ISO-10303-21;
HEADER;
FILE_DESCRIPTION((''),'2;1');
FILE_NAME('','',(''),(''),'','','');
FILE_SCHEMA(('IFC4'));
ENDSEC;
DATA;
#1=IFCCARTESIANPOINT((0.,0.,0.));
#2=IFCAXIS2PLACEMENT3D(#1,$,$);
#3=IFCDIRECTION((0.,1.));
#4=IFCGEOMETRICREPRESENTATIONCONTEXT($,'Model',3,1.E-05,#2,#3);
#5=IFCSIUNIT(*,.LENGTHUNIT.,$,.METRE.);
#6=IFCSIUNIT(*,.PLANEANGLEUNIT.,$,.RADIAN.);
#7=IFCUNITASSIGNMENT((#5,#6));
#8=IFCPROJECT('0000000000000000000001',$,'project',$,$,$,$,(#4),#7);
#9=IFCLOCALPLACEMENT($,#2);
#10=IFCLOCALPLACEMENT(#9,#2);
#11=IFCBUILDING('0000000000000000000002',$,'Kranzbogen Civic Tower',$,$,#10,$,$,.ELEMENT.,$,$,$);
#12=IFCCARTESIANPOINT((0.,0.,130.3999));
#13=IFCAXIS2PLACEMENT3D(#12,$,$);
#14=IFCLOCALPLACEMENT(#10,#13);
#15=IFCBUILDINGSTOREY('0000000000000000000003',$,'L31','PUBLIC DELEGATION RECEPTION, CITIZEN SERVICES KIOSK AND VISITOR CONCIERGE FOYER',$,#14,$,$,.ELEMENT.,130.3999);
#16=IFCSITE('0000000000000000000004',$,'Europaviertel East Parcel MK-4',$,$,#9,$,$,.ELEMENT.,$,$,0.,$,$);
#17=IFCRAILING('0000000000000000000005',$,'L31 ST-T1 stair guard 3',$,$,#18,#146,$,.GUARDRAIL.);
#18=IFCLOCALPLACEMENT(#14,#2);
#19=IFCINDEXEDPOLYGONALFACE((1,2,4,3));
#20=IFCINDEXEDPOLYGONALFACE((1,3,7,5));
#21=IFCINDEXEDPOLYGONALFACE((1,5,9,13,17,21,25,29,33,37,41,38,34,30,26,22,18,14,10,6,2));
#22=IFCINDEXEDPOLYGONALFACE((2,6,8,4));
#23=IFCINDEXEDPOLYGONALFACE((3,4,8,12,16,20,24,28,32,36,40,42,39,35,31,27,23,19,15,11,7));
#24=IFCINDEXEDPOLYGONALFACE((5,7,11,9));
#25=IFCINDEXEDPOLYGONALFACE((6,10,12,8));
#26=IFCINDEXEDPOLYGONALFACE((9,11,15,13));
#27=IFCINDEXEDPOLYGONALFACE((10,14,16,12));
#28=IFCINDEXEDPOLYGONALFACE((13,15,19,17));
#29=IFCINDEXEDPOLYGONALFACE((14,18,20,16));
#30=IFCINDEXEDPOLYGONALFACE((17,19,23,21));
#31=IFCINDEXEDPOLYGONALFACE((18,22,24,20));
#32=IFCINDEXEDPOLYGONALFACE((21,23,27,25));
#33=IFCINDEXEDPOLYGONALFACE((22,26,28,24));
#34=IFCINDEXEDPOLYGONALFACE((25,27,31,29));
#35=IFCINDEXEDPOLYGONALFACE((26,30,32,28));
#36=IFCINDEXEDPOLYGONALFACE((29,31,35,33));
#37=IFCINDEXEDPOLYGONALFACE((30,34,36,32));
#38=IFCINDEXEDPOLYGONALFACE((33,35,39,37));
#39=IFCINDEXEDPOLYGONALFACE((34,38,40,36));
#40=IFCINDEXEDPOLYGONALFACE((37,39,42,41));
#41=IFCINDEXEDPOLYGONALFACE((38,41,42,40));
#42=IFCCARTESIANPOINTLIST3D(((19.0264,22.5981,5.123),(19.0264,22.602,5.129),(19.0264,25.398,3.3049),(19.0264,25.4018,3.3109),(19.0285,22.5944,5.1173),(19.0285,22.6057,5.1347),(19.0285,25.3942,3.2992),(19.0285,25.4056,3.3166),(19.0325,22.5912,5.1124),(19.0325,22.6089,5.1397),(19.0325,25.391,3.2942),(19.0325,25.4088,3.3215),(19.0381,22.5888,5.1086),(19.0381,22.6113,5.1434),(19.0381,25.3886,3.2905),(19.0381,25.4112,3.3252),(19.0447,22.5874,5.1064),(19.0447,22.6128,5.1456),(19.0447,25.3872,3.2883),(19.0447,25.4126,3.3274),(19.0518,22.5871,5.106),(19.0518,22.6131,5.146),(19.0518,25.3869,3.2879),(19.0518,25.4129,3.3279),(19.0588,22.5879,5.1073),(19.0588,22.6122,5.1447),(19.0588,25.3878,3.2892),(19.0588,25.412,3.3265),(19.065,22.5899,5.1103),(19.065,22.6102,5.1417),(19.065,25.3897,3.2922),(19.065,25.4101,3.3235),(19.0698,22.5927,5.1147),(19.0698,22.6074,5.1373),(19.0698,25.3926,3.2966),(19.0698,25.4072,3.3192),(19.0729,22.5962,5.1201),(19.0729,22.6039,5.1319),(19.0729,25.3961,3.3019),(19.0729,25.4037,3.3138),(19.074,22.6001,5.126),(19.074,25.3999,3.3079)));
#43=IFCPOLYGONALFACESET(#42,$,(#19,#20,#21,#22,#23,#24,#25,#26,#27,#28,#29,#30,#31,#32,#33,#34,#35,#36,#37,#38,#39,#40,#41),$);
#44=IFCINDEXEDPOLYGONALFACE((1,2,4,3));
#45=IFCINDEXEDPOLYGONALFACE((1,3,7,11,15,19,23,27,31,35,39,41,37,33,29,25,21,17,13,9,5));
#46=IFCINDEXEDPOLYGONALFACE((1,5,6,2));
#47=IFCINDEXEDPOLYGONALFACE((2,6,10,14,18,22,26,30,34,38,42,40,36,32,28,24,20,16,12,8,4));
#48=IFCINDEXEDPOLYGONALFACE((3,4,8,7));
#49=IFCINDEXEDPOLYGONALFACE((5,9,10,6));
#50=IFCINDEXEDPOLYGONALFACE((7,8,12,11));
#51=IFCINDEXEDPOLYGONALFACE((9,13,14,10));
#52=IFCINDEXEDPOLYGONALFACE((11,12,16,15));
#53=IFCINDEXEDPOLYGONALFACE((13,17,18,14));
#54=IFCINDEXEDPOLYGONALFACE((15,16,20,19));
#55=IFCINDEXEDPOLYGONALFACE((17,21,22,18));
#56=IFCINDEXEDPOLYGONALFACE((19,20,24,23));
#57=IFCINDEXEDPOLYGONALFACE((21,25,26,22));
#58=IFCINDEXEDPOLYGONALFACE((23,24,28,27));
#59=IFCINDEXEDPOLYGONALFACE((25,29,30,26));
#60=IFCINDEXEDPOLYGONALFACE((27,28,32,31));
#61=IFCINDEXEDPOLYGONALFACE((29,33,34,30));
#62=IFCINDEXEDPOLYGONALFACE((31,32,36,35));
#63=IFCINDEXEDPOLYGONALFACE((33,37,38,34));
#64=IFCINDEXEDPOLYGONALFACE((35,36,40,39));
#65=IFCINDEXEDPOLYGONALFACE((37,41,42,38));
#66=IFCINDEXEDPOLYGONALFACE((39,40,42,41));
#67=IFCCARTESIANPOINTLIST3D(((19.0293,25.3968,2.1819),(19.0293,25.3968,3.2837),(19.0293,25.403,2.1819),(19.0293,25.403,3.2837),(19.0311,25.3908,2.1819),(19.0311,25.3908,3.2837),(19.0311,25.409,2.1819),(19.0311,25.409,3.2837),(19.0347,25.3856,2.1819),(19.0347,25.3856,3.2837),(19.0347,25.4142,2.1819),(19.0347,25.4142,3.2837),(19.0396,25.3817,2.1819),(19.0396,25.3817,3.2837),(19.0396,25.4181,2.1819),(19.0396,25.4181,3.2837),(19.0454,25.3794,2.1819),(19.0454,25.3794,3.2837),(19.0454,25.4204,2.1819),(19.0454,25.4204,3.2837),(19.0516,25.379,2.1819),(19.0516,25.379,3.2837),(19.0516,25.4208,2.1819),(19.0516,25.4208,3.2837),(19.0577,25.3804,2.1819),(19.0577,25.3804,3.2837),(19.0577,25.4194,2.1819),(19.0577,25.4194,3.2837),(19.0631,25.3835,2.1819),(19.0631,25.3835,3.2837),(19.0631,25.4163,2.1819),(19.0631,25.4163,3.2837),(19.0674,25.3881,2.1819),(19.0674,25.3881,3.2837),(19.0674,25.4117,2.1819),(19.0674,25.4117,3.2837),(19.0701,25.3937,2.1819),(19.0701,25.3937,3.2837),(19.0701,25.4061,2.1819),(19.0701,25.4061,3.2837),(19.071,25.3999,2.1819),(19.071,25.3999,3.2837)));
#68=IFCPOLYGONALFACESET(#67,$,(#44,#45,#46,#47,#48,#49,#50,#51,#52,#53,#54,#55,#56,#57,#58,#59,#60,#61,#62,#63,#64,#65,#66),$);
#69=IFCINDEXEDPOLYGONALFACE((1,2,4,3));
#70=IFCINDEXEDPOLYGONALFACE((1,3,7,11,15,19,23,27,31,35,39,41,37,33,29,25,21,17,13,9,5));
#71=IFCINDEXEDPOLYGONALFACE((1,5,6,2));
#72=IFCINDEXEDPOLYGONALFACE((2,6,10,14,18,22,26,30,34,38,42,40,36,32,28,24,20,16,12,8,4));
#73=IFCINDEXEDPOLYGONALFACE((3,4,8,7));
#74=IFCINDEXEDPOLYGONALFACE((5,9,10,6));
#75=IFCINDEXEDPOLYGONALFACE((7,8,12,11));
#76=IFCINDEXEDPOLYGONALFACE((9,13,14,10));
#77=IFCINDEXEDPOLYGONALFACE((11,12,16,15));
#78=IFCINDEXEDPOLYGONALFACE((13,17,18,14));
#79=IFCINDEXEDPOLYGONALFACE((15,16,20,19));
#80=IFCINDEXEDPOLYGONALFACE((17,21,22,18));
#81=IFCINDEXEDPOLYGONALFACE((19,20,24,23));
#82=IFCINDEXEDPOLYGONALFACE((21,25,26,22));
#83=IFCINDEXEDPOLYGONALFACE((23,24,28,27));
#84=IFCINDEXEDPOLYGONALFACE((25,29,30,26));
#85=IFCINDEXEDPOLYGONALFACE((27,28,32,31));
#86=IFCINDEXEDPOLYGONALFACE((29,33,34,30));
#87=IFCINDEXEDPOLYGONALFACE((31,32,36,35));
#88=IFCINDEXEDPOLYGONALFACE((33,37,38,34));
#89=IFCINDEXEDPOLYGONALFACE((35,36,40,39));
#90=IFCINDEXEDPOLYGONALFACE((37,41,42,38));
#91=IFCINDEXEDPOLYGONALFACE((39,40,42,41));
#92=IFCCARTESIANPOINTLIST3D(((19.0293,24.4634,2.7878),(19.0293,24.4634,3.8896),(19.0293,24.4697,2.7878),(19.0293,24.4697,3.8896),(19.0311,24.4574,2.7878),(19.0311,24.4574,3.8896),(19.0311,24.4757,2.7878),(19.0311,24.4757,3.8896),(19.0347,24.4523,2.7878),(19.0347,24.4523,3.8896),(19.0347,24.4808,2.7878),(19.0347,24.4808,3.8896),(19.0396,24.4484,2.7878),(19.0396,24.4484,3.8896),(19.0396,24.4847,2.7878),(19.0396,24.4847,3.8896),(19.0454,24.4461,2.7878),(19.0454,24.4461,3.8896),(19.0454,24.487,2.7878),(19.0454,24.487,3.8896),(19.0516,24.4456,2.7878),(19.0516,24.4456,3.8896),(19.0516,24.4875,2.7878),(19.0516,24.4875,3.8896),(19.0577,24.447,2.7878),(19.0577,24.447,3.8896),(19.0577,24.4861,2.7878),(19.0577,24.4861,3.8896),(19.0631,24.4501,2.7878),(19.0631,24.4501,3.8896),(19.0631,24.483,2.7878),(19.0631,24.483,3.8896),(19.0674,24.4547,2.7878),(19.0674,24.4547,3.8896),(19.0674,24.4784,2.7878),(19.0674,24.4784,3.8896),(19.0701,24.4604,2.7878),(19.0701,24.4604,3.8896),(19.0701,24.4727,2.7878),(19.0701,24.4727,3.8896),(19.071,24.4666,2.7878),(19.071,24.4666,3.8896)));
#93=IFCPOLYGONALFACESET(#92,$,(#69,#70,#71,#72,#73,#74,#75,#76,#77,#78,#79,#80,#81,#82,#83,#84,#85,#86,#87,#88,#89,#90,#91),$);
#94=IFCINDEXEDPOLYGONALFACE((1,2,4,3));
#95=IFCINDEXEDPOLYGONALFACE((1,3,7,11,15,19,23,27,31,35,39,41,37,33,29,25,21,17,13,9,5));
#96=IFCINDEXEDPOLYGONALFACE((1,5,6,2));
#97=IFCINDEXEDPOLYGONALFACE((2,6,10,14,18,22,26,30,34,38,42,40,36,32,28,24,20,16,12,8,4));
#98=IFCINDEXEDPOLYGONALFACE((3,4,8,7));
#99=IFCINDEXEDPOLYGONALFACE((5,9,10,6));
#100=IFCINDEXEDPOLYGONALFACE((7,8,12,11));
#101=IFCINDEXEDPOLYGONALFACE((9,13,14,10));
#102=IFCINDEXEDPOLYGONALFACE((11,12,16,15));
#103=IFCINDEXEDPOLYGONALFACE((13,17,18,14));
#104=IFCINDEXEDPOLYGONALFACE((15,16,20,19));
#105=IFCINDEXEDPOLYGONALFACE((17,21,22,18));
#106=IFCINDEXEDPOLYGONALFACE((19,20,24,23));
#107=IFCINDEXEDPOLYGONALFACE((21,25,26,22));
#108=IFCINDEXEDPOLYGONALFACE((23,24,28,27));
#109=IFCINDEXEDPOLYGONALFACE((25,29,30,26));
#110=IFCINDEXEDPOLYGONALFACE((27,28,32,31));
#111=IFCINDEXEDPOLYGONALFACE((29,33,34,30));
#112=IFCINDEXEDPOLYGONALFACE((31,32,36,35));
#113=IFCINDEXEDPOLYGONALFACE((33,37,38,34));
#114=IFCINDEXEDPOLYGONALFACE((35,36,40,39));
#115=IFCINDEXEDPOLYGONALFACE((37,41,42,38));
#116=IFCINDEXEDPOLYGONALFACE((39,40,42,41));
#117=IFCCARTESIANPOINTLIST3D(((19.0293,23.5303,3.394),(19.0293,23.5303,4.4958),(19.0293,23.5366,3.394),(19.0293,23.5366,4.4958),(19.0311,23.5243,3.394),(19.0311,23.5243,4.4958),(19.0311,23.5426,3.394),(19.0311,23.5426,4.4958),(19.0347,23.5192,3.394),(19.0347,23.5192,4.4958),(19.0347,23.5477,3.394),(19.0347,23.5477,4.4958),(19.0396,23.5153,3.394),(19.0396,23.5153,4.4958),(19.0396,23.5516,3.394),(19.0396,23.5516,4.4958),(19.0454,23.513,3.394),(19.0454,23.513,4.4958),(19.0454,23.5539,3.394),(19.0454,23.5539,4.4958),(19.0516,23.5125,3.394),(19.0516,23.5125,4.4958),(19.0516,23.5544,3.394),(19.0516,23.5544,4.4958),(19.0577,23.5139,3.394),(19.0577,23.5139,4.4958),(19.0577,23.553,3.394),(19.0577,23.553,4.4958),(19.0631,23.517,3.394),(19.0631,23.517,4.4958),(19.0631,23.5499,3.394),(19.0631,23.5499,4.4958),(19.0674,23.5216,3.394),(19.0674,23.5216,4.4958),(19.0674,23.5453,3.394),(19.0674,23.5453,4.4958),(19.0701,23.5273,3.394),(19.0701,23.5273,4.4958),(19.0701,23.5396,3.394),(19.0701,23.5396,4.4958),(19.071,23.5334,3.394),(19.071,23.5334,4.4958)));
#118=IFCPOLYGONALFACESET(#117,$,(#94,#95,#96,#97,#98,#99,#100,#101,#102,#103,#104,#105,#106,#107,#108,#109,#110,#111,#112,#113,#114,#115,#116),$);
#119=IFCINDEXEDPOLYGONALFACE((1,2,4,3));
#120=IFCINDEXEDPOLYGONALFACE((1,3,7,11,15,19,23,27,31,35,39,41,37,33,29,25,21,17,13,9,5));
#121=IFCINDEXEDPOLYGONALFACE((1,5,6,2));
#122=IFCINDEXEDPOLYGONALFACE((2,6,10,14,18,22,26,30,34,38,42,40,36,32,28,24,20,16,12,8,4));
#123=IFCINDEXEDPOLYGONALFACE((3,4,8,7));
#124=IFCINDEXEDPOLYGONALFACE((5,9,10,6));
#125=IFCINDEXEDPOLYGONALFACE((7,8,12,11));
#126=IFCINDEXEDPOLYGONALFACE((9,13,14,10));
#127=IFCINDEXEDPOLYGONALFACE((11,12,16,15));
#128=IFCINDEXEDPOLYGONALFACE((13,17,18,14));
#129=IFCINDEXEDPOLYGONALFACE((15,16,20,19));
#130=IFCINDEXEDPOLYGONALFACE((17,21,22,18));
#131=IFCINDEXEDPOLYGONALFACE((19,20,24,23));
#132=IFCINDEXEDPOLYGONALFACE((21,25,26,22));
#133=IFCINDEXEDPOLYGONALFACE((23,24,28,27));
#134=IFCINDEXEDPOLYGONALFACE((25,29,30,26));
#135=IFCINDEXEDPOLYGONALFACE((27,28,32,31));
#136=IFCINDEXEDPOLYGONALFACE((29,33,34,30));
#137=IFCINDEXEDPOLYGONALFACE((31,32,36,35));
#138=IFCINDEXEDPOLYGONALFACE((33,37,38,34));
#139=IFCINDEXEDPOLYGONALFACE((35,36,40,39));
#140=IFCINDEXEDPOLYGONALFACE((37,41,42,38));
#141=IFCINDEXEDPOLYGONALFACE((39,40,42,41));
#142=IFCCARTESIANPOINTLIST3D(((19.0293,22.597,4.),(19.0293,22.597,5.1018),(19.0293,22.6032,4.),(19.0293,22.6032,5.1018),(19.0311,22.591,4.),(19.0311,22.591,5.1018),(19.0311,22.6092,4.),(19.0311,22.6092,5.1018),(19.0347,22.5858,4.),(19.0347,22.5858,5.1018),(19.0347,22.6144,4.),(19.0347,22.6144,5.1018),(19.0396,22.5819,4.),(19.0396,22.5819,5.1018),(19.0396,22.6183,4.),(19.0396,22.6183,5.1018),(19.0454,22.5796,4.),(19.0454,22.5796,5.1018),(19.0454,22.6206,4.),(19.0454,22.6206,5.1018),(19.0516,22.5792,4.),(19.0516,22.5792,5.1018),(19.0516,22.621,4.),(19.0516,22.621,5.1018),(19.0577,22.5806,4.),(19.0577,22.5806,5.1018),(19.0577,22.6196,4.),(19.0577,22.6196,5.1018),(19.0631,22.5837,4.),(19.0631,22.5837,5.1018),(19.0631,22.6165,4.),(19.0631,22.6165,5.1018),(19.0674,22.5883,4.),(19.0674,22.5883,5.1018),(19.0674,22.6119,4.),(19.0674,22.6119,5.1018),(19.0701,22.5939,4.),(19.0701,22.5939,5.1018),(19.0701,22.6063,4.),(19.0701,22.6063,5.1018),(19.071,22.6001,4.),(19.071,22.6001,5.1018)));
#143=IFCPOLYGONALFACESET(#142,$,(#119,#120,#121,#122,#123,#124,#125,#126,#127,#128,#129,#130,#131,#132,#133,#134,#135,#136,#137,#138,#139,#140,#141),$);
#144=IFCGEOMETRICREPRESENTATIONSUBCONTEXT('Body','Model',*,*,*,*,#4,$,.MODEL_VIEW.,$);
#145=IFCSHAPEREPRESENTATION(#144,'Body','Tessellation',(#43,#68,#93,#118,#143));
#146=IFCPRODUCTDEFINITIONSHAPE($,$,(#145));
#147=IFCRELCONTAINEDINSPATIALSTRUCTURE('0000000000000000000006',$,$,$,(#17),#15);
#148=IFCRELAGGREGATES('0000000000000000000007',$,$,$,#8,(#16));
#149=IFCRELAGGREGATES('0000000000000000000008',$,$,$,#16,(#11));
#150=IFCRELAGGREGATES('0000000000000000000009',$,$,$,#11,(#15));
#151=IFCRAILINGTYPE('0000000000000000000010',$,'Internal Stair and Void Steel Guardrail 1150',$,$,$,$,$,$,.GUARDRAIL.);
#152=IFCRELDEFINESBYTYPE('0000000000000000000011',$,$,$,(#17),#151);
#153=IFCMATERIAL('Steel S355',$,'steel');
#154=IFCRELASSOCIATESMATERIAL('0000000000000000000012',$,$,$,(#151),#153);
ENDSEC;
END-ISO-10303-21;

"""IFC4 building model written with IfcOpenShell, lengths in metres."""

from ifc_helpers import new_model, si_unit, direction, frame, origin, origin_2d, place, context, subcontext, project, spatial, circle, extrude, material, type_object, element, save


model = new_model("IFC4")

# Units and contexts
model_context = context("Model", 3, precision=1e-05, world=origin(), true_north=direction((0.0, 1.0)))
body_context = subcontext(model_context, "Body", "Model", "MODEL_VIEW")
ifc_project = project(units=[si_unit("LENGTHUNIT", "METRE"), si_unit("PLANEANGLEUNIT", "RADIAN")], contexts=[model_context])

# Site, building, storey
site_placement = place(None, origin())
site = spatial("IfcSite", under=ifc_project, at=site_placement, Name="Europaviertel East Parcel MK-4", CompositionType="ELEMENT", RefElevation=0.0)
building_placement = place(site_placement, origin())
building = spatial("IfcBuilding", under=site, at=building_placement, Name="Kranzbogen Civic Tower", CompositionType="ELEMENT")
storey_placement = place(building_placement, frame((0.0, 0.0, 130.3999)))
storey = spatial("IfcBuildingStorey", under=building, at=storey_placement, Name="L31", Description="PUBLIC DELEGATION RECEPTION, CITIZEN SERVICES KIOSK AND VISITOR CONCIERGE FOYER", CompositionType="ELEMENT", Elevation=130.3999)

# Shared definitions
ifc_material_1 = material(Name="Steel S355", Category="steel")

# Railing
railing_type_1 = type_object("IfcRailingType", Name="Internal Stair and Void Steel Guardrail 1150", PredefinedType="GUARDRAIL", material=ifc_material_1)
railing_1_placement = place(storey_placement, frame((19.05, 25.3999, 2.1819)))
element("IfcRailing", 1, at=railing_1_placement, inside=storey, type_object=railing_type_1, Name="L31 ST-T1 stair guard 3", PredefinedType="GUARDRAIL", context=body_context, shape_type="SweptSolid", body=[
    extrude(circle(Radius=0.0239, at=origin_2d()), frame((0.0, 0.0, 1.126), z_axis=(0.0, -0.838684, 0.544618), x_axis=(1.0, 0.0, 0.0)), (0.0, 0.0, 1.0), 3.3384),
    extrude(circle(Radius=0.021, at=origin_2d()), origin(), (0.0, 0.0, 1.0), 1.1018),
    extrude(circle(Radius=0.021, at=origin_2d()), frame((0.0, -0.9333, 0.606)), (0.0, 0.0, 1.0), 1.1018),
    extrude(circle(Radius=0.021, at=origin_2d()), frame((0.0, -1.8665, 1.2122)), (0.0, 0.0, 1.0), 1.1018),
    extrude(circle(Radius=0.021, at=origin_2d()), frame((0.0, -2.7998, 1.8181)), (0.0, 0.0, 1.0), 1.1018),
])

save(model, "model.ifc")
